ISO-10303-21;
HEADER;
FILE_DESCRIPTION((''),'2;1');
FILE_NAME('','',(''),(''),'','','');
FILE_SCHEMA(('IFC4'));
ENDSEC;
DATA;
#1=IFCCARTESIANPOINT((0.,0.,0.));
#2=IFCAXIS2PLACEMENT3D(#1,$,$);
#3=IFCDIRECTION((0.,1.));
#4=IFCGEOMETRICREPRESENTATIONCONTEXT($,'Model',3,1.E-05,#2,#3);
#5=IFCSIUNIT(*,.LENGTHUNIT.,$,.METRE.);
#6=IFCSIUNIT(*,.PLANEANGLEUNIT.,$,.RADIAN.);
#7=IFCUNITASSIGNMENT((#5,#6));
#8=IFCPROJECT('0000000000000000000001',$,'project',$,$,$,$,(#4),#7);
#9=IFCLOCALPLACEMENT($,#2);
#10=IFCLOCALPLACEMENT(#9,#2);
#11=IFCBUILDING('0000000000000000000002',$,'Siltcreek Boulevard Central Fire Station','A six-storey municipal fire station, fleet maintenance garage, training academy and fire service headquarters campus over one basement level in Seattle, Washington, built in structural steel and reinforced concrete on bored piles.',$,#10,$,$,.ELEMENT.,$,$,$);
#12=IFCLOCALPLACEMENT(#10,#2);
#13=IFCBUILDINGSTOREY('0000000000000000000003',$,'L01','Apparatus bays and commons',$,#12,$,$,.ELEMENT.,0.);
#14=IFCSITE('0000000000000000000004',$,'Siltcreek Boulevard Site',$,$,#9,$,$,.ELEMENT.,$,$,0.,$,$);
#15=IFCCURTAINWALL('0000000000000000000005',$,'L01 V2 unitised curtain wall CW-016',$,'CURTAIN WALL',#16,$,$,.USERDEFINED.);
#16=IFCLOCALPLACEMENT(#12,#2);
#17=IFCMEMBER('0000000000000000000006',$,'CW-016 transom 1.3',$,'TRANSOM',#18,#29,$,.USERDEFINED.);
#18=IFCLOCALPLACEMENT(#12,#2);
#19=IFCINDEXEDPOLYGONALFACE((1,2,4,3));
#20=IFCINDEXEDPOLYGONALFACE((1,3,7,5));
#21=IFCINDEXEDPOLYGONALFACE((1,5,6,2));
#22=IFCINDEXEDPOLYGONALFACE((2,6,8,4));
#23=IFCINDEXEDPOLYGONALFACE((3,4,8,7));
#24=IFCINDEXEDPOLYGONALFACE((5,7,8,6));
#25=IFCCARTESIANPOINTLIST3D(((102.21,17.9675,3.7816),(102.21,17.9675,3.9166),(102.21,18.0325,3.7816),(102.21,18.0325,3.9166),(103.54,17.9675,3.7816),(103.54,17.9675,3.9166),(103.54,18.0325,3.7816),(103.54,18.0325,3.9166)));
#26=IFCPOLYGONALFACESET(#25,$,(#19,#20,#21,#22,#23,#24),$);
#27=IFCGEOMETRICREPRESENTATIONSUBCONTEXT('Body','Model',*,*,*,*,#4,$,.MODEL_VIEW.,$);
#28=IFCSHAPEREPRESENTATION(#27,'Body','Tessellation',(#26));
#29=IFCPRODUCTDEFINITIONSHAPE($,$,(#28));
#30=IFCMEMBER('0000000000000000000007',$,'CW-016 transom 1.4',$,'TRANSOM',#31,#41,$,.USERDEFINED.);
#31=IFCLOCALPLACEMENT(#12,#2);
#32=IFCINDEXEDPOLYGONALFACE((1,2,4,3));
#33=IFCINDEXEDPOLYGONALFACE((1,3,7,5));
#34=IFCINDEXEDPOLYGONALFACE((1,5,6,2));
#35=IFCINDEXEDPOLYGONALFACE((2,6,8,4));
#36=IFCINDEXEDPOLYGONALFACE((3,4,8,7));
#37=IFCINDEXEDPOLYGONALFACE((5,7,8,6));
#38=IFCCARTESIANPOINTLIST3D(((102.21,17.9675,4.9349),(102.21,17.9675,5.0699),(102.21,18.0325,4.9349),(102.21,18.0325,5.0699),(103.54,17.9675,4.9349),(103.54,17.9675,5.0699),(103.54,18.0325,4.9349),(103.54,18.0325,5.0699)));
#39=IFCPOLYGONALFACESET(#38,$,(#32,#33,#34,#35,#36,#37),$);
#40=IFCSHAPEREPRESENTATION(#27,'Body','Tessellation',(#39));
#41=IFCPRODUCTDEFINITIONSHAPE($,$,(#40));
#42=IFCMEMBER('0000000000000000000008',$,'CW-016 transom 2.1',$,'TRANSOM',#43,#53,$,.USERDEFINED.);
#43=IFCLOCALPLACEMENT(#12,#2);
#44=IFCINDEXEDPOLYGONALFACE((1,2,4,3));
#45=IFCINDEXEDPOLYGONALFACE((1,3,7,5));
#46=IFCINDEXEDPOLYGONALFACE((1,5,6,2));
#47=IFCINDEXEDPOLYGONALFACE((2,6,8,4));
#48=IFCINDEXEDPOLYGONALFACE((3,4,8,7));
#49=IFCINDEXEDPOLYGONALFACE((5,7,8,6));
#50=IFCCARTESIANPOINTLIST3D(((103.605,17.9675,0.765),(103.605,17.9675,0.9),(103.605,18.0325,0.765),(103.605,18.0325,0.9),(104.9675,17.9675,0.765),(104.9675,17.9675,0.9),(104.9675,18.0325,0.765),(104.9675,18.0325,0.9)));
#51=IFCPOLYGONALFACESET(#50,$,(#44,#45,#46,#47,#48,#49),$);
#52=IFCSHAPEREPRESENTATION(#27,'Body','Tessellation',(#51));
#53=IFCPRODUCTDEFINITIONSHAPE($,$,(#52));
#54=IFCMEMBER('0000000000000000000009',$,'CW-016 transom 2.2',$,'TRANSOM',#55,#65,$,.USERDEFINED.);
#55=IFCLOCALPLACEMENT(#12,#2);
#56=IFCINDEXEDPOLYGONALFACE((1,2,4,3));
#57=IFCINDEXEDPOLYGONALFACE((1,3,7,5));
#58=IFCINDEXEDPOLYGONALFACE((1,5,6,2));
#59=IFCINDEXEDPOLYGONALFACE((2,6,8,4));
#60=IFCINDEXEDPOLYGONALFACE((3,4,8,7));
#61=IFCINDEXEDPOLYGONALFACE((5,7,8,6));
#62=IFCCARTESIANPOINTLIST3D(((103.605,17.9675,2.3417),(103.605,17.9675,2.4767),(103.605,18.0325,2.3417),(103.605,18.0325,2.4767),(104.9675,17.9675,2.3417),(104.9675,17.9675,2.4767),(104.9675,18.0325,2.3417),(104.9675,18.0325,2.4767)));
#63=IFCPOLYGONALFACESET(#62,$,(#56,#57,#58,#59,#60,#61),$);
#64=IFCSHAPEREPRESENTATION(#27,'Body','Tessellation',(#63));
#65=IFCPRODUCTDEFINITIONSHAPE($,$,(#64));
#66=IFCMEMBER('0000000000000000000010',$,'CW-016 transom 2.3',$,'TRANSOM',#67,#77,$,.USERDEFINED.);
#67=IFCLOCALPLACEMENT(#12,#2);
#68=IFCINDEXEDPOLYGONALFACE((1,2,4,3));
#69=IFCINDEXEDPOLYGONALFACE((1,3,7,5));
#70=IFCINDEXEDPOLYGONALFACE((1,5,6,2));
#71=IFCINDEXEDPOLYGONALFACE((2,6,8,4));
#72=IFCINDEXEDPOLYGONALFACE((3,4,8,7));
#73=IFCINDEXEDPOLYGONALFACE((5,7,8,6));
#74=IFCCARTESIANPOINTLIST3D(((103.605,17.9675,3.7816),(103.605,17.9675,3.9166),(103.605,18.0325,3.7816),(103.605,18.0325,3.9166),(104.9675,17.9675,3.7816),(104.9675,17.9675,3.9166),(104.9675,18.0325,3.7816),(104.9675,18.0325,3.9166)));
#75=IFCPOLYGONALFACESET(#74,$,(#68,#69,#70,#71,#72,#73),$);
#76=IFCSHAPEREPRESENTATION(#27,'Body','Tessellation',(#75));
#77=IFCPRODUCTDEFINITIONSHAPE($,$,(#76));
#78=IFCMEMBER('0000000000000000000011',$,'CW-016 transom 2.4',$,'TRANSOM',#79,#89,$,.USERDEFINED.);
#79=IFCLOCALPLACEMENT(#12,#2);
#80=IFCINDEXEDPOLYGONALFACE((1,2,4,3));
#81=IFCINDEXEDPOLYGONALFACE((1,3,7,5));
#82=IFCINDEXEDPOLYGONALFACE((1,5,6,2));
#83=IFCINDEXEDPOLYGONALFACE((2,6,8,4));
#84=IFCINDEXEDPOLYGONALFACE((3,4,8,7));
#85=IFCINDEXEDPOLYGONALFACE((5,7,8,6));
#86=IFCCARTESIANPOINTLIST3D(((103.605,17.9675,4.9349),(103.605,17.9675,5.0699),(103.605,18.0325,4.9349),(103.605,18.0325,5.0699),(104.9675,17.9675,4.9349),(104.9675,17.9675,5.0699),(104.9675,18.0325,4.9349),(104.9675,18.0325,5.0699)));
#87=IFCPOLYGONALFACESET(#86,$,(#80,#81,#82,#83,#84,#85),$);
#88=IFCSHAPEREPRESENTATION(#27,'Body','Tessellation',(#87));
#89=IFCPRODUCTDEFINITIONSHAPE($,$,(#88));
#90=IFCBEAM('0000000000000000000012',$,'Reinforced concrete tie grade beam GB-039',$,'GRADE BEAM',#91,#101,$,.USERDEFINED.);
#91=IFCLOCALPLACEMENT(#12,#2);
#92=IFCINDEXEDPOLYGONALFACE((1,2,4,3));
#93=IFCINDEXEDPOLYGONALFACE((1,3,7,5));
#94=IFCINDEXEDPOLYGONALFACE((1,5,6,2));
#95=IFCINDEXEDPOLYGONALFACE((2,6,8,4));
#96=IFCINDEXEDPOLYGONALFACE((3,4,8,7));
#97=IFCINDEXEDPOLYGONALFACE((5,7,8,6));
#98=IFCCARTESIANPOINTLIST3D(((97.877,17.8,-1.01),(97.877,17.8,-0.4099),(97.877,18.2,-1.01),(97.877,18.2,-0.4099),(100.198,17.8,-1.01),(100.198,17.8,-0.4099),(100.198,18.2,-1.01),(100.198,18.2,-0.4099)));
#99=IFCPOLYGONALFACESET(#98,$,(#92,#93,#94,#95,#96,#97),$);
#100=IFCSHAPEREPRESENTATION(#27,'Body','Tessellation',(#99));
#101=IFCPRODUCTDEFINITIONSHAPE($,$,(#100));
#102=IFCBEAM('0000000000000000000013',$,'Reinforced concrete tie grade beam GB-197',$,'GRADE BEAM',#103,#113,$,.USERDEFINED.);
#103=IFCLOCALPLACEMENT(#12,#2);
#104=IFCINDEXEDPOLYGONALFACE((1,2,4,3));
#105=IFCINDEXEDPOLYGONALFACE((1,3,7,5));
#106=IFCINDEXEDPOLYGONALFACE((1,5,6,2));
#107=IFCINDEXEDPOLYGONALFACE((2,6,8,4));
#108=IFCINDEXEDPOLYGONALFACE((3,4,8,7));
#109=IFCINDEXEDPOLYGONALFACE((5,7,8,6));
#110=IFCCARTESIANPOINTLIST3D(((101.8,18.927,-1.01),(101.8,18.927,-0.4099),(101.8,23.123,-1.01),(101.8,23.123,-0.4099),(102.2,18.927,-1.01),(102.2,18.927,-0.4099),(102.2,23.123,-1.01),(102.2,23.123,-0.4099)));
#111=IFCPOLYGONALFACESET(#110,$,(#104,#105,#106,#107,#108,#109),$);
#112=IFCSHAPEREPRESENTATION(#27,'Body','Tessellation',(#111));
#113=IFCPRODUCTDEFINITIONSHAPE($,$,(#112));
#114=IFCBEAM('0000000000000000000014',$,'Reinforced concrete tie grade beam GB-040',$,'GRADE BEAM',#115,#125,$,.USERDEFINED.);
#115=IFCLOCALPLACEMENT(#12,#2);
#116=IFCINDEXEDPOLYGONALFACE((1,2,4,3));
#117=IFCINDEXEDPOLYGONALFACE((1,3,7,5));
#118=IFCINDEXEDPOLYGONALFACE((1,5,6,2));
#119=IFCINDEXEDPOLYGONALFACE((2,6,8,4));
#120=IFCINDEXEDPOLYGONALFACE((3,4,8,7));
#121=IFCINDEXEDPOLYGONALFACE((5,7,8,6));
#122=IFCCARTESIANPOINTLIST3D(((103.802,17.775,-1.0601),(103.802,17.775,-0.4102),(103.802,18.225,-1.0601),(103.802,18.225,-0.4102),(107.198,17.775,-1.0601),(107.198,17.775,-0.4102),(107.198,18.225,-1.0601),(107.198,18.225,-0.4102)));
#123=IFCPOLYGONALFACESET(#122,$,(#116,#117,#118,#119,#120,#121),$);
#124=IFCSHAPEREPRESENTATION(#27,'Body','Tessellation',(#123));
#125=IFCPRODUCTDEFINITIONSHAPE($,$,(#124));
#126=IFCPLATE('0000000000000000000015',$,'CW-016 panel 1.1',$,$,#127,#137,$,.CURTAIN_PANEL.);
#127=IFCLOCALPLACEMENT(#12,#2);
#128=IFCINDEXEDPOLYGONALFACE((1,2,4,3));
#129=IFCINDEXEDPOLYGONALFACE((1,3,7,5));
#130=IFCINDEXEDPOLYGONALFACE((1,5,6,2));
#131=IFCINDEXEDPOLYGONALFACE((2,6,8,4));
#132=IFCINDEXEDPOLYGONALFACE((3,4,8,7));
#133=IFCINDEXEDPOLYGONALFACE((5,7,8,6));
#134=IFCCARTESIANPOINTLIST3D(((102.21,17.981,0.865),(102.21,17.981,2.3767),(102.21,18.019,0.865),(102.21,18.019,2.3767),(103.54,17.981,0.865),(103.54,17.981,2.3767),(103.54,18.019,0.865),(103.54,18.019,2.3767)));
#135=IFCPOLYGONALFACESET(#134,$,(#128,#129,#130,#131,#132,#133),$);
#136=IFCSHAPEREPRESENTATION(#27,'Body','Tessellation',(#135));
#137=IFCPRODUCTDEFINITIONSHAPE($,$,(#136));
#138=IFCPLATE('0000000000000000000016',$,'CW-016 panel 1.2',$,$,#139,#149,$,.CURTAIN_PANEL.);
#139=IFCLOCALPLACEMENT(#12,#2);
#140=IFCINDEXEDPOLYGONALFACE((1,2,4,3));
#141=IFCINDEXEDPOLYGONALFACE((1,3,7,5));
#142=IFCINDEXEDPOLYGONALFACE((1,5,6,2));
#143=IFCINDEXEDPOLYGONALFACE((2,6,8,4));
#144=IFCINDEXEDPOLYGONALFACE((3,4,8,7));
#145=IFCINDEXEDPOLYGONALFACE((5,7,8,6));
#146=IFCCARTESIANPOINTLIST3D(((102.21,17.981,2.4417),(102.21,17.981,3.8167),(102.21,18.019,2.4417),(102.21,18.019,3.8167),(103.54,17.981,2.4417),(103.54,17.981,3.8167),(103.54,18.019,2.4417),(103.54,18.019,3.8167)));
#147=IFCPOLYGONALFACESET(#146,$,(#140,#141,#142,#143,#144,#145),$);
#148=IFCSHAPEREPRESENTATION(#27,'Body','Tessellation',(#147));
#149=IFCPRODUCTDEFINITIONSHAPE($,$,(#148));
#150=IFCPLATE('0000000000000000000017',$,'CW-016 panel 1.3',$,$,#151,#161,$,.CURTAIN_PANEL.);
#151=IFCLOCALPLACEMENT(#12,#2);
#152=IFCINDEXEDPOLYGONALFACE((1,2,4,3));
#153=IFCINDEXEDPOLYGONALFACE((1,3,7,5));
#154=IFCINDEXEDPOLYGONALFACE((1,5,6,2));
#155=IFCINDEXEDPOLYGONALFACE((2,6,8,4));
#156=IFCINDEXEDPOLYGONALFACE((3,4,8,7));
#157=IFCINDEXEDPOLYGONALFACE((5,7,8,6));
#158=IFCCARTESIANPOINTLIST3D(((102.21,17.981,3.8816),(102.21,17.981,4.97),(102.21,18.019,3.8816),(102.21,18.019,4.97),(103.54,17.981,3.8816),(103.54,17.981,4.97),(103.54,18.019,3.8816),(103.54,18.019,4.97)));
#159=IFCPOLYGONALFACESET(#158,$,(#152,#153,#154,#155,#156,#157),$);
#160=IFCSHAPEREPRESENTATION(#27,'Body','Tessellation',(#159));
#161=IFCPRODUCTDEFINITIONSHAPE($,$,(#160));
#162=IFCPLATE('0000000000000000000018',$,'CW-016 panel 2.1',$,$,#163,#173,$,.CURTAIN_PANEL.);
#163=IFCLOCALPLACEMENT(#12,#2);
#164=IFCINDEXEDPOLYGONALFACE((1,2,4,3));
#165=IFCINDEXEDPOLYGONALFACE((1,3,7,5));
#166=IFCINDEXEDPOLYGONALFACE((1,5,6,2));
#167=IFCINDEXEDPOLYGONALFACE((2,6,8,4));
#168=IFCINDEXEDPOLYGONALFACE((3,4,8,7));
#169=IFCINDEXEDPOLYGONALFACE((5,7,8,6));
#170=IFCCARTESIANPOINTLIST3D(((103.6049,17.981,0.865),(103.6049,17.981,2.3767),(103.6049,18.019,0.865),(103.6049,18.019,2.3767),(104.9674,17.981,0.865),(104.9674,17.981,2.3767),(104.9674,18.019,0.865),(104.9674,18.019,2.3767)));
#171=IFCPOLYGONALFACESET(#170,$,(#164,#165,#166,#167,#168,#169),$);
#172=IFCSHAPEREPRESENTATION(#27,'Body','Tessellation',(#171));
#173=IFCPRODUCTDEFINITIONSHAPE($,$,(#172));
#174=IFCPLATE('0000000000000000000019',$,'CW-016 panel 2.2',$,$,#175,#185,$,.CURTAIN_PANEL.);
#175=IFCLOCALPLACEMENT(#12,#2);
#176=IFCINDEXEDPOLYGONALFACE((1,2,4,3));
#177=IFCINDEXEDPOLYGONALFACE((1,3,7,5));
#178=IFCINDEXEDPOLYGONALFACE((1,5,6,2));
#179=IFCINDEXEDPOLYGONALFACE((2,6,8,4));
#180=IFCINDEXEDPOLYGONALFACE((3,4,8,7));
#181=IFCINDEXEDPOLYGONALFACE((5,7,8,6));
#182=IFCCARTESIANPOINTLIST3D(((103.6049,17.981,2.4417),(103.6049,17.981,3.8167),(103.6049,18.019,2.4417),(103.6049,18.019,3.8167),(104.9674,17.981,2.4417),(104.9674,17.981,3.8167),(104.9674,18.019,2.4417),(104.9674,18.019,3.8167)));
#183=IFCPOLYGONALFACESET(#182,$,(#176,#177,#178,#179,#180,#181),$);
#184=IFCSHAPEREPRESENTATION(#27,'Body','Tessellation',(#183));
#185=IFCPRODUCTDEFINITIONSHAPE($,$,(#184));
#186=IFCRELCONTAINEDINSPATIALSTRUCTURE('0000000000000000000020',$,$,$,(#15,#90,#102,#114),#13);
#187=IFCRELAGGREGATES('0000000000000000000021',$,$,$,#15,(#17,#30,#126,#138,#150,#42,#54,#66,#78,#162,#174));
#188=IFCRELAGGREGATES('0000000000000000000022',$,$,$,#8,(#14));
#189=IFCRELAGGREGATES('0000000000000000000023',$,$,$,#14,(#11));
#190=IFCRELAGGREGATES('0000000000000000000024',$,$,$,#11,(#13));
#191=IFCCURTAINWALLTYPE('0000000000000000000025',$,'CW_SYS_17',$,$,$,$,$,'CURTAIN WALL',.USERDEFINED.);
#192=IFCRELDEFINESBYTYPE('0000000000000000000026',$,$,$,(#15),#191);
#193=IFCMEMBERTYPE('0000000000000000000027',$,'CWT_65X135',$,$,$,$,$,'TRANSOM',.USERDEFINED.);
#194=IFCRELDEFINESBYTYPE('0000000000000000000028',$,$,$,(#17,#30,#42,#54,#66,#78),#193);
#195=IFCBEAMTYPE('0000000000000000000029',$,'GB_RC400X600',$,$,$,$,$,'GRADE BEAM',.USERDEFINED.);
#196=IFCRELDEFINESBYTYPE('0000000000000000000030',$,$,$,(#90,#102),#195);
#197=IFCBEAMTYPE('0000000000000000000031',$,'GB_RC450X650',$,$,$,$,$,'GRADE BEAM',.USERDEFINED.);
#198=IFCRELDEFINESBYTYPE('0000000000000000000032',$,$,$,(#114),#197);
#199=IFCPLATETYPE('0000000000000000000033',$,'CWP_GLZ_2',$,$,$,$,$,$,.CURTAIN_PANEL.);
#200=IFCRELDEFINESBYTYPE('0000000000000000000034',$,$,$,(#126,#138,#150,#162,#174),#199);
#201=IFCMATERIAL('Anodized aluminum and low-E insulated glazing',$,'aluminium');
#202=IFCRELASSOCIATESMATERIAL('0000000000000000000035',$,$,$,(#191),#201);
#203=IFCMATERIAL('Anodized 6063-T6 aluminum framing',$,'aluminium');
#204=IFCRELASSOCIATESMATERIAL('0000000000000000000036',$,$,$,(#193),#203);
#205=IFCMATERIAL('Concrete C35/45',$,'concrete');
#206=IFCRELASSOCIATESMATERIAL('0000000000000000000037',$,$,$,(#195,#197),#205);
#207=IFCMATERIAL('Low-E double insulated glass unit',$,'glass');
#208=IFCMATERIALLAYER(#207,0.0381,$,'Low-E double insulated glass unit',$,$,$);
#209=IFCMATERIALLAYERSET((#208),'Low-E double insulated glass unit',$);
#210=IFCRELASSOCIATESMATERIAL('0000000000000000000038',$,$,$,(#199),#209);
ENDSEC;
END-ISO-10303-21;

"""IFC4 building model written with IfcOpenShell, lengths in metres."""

from ifc_helpers import new_model, si_unit, direction, frame, origin, origin_2d, place, context, subcontext, project, spatial, rectangle, extrude, material, layer, layer_set, material_profile, profile_set, type_object, element, aggregate, save


model = new_model("IFC4")

# Units and contexts
model_context = context("Model", 3, precision=1e-05, world=origin(), true_north=direction((0.0, 1.0)))
body_context = subcontext(model_context, "Body", "Model", "MODEL_VIEW")
ifc_project = project(units=[si_unit("LENGTHUNIT", "METRE"), si_unit("PLANEANGLEUNIT", "RADIAN")], contexts=[model_context])

# Site, building, storey
site_placement = place(None, origin())
site = spatial("IfcSite", under=ifc_project, at=site_placement, Name="Siltcreek Boulevard Site", CompositionType="ELEMENT", RefElevation=0.0)
building_placement = place(site_placement, origin())
building = spatial("IfcBuilding", under=site, at=building_placement, Name="Siltcreek Boulevard Central Fire Station", Description="A six-storey municipal fire station, fleet maintenance garage, training academy and fire service headquarters campus over one basement level in Seattle, Washington, built in structural steel and reinforced concrete on bored piles.", CompositionType="ELEMENT")
storey_placement = place(building_placement, origin())
storey = spatial("IfcBuildingStorey", under=building, at=storey_placement, Name="L01", Description="Apparatus bays and commons", CompositionType="ELEMENT", Elevation=0.0)

# Shared definitions
ifc_material_1 = material(Name="Concrete C35/45", Category="concrete")

# Curtain wall, members
ifc_material_2 = material(Name="Anodized aluminum and low-E insulated glazing", Category="aluminium")
curtain_wall_type = type_object("IfcCurtainWallType", Name="CW_SYS_17", ElementType="CURTAIN WALL", PredefinedType="USERDEFINED", material=ifc_material_2)
curtain_wall_placement = place(storey_placement, origin())
curtain_wall = element("IfcCurtainWall", 1, at=curtain_wall_placement, inside=storey, type_object=curtain_wall_type, Name="L01 V2 unitised curtain wall CW-016", ObjectType="CURTAIN WALL", PredefinedType="USERDEFINED")
ifc_material_3 = material(Name="Anodized 6063-T6 aluminum framing", Category="aluminium")
ifc_material_profile_1 = material_profile(ifc_material_3, rectangle(XDim=0.0649, YDim=0.135, at=origin_2d()), Name="TRAN65X135")
ifc_profile_set_1 = profile_set([ifc_material_profile_1], Name="Anodized 6063-T6 aluminum framing")
member_type_1 = type_object("IfcMemberType", Name="CWT_65X135", ElementType="TRANSOM", PredefinedType="USERDEFINED", material=ifc_profile_set_1)
member_1_placement = place(storey_placement, frame((102.21, 18.0, 3.8491), z_axis=(1.0, 0.0, 0.0), x_axis=(0.0, 1.0, 0.0)))
member_1 = element("IfcMember", 2, at=member_1_placement, type_object=member_type_1, Name="CW-016 transom 1.3", ObjectType="TRANSOM", PredefinedType="USERDEFINED", context=body_context, shape_type="SweptSolid", body=[
    extrude(rectangle(XDim=0.0649, YDim=0.135, at=origin_2d()), origin(), (0.0, 0.0, 1.0), 1.3301),
])
member_2_placement = place(storey_placement, frame((102.21, 18.0, 5.0024), z_axis=(1.0, 0.0, 0.0), x_axis=(0.0, 1.0, 0.0)))
member_2 = element("IfcMember", 3, at=member_2_placement, type_object=member_type_1, Name="CW-016 transom 1.4", ObjectType="TRANSOM", PredefinedType="USERDEFINED", context=body_context, shape_type="SweptSolid", body=[
    extrude(rectangle(XDim=0.0649, YDim=0.135, at=origin_2d()), origin(), (0.0, 0.0, 1.0), 1.3301),
])
member_3_placement = place(storey_placement, frame((103.605, 18.0, 0.8325), z_axis=(1.0, 0.0, 0.0), x_axis=(0.0, 1.0, 0.0)))
member_3 = element("IfcMember", 4, at=member_3_placement, type_object=member_type_1, Name="CW-016 transom 2.1", ObjectType="TRANSOM", PredefinedType="USERDEFINED", context=body_context, shape_type="SweptSolid", body=[
    extrude(rectangle(XDim=0.0649, YDim=0.135, at=origin_2d()), origin(), (0.0, 0.0, 1.0), 1.3625),
])
member_4_placement = place(storey_placement, frame((103.605, 18.0, 2.4092), z_axis=(1.0, 0.0, 0.0), x_axis=(0.0, 1.0, 0.0)))
member_4 = element("IfcMember", 5, at=member_4_placement, type_object=member_type_1, Name="CW-016 transom 2.2", ObjectType="TRANSOM", PredefinedType="USERDEFINED", context=body_context, shape_type="SweptSolid", body=[
    extrude(rectangle(XDim=0.0649, YDim=0.135, at=origin_2d()), origin(), (0.0, 0.0, 1.0), 1.3625),
])
member_5_placement = place(storey_placement, frame((103.605, 18.0, 3.8491), z_axis=(1.0, 0.0, 0.0), x_axis=(0.0, 1.0, 0.0)))
member_5 = element("IfcMember", 6, at=member_5_placement, type_object=member_type_1, Name="CW-016 transom 2.3", ObjectType="TRANSOM", PredefinedType="USERDEFINED", context=body_context, shape_type="SweptSolid", body=[
    extrude(rectangle(XDim=0.0649, YDim=0.135, at=origin_2d()), origin(), (0.0, 0.0, 1.0), 1.3625),
])
member_6_placement = place(storey_placement, frame((103.605, 18.0, 5.0024), z_axis=(1.0, 0.0, 0.0), x_axis=(0.0, 1.0, 0.0)))
member_6 = element("IfcMember", 7, at=member_6_placement, type_object=member_type_1, Name="CW-016 transom 2.4", ObjectType="TRANSOM", PredefinedType="USERDEFINED", context=body_context, shape_type="SweptSolid", body=[
    extrude(rectangle(XDim=0.0649, YDim=0.135, at=origin_2d()), origin(), (0.0, 0.0, 1.0), 1.3625),
])

# Beams
ifc_material_profile_2 = material_profile(ifc_material_1, rectangle(XDim=0.3999, YDim=0.6001, at=origin_2d()), Name="RC400X600")
ifc_profile_set_2 = profile_set([ifc_material_profile_2], Name="Concrete C35/45")
beam_type_1 = type_object("IfcBeamType", Name="GB_RC400X600", ElementType="GRADE BEAM", PredefinedType="USERDEFINED", material=ifc_profile_set_2)
beam_1_placement = place(storey_placement, frame((97.877, 18.0, -0.71), z_axis=(1.0, 0.0, 0.0), x_axis=(0.0, 1.0, 0.0)))
element("IfcBeam", 8, at=beam_1_placement, inside=storey, type_object=beam_type_1, Name="Reinforced concrete tie grade beam GB-039", ObjectType="GRADE BEAM", PredefinedType="USERDEFINED", context=body_context, shape_type="SweptSolid", body=[
    extrude(rectangle(XDim=0.3999, YDim=0.6001, at=origin_2d()), origin(), (0.0, 0.0, 1.0), 2.321),
])
beam_2_placement = place(storey_placement, frame((102.0, 18.927, -0.71), z_axis=(0.0, 1.0, 0.0), x_axis=(-1.0, 0.0, 0.0)))
element("IfcBeam", 9, at=beam_2_placement, inside=storey, type_object=beam_type_1, Name="Reinforced concrete tie grade beam GB-197", ObjectType="GRADE BEAM", PredefinedType="USERDEFINED", context=body_context, shape_type="SweptSolid", body=[
    extrude(rectangle(XDim=0.3999, YDim=0.6001, at=origin_2d()), origin(), (0.0, 0.0, 1.0), 4.196),
])
ifc_material_profile_3 = material_profile(ifc_material_1, rectangle(XDim=0.45, YDim=0.6499, at=origin_2d()), Name="RC450X650")
ifc_profile_set_3 = profile_set([ifc_material_profile_3], Name="Concrete C35/45")
beam_type_2 = type_object("IfcBeamType", Name="GB_RC450X650", ElementType="GRADE BEAM", PredefinedType="USERDEFINED", material=ifc_profile_set_3)
beam_3_placement = place(storey_placement, frame((103.802, 18.0, -0.7351), z_axis=(1.0, 0.0, 0.0), x_axis=(0.0, 1.0, 0.0)))
element("IfcBeam", 10, at=beam_3_placement, inside=storey, type_object=beam_type_2, Name="Reinforced concrete tie grade beam GB-040", ObjectType="GRADE BEAM", PredefinedType="USERDEFINED", context=body_context, shape_type="SweptSolid", body=[
    extrude(rectangle(XDim=0.45, YDim=0.6499, at=origin_2d()), origin(), (0.0, 0.0, 1.0), 3.396),
])

# Plates
ifc_material_4 = material(Name="Low-E double insulated glass unit", Category="glass")
ifc_layer_1 = layer(ifc_material_4, 0.0381, Name="Low-E double insulated glass unit")
ifc_layer_set_1 = layer_set([ifc_layer_1], Name="Low-E double insulated glass unit")
plate_type = type_object("IfcPlateType", Name="CWP_GLZ_2", PredefinedType="CURTAIN_PANEL", material=ifc_layer_set_1)
plate_1_placement = place(storey_placement, frame((102.875, 18.0, 0.865), z_axis=(0.0, 0.0, 1.0), x_axis=(1.0, 0.0, 0.0)))
plate_1 = element("IfcPlate", 11, at=plate_1_placement, type_object=plate_type, Name="CW-016 panel 1.1", PredefinedType="CURTAIN_PANEL", context=body_context, shape_type="SweptSolid", body=[
    extrude(rectangle(XDim=1.3301, YDim=0.0381, at=origin_2d()), origin(), (0.0, 0.0, 1.0), 1.5117),
])
plate_2_placement = place(storey_placement, frame((102.875, 18.0, 2.4417), z_axis=(0.0, 0.0, 1.0), x_axis=(1.0, 0.0, 0.0)))
plate_2 = element("IfcPlate", 12, at=plate_2_placement, type_object=plate_type, Name="CW-016 panel 1.2", PredefinedType="CURTAIN_PANEL", context=body_context, shape_type="SweptSolid", body=[
    extrude(rectangle(XDim=1.3301, YDim=0.0381, at=origin_2d()), origin(), (0.0, 0.0, 1.0), 1.375),
])
plate_3_placement = place(storey_placement, frame((102.875, 18.0, 3.8816), z_axis=(0.0, 0.0, 1.0), x_axis=(1.0, 0.0, 0.0)))
plate_3 = element("IfcPlate", 13, at=plate_3_placement, type_object=plate_type, Name="CW-016 panel 1.3", PredefinedType="CURTAIN_PANEL", context=body_context, shape_type="SweptSolid", body=[
    extrude(rectangle(XDim=1.3301, YDim=0.0381, at=origin_2d()), origin(), (0.0, 0.0, 1.0), 1.0884),
])
plate_4_placement = place(storey_placement, frame((104.2861, 18.0, 0.865), z_axis=(0.0, 0.0, 1.0), x_axis=(1.0, 0.0, 0.0)))
plate_4 = element("IfcPlate", 14, at=plate_4_placement, type_object=plate_type, Name="CW-016 panel 2.1", PredefinedType="CURTAIN_PANEL", context=body_context, shape_type="SweptSolid", body=[
    extrude(rectangle(XDim=1.3625, YDim=0.0381, at=origin_2d()), origin(), (0.0, 0.0, 1.0), 1.5117),
])
plate_5_placement = place(storey_placement, frame((104.2861, 18.0, 2.4417), z_axis=(0.0, 0.0, 1.0), x_axis=(1.0, 0.0, 0.0)))
plate_5 = element("IfcPlate", 15, at=plate_5_placement, type_object=plate_type, Name="CW-016 panel 2.2", PredefinedType="CURTAIN_PANEL", context=body_context, shape_type="SweptSolid", body=[
    extrude(rectangle(XDim=1.3625, YDim=0.0381, at=origin_2d()), origin(), (0.0, 0.0, 1.0), 1.375),
])
aggregate(curtain_wall, [member_1, member_2, plate_1, plate_2, plate_3, member_3, member_4, member_5, member_6, plate_4, plate_5])

save(model, "model.ifc")
